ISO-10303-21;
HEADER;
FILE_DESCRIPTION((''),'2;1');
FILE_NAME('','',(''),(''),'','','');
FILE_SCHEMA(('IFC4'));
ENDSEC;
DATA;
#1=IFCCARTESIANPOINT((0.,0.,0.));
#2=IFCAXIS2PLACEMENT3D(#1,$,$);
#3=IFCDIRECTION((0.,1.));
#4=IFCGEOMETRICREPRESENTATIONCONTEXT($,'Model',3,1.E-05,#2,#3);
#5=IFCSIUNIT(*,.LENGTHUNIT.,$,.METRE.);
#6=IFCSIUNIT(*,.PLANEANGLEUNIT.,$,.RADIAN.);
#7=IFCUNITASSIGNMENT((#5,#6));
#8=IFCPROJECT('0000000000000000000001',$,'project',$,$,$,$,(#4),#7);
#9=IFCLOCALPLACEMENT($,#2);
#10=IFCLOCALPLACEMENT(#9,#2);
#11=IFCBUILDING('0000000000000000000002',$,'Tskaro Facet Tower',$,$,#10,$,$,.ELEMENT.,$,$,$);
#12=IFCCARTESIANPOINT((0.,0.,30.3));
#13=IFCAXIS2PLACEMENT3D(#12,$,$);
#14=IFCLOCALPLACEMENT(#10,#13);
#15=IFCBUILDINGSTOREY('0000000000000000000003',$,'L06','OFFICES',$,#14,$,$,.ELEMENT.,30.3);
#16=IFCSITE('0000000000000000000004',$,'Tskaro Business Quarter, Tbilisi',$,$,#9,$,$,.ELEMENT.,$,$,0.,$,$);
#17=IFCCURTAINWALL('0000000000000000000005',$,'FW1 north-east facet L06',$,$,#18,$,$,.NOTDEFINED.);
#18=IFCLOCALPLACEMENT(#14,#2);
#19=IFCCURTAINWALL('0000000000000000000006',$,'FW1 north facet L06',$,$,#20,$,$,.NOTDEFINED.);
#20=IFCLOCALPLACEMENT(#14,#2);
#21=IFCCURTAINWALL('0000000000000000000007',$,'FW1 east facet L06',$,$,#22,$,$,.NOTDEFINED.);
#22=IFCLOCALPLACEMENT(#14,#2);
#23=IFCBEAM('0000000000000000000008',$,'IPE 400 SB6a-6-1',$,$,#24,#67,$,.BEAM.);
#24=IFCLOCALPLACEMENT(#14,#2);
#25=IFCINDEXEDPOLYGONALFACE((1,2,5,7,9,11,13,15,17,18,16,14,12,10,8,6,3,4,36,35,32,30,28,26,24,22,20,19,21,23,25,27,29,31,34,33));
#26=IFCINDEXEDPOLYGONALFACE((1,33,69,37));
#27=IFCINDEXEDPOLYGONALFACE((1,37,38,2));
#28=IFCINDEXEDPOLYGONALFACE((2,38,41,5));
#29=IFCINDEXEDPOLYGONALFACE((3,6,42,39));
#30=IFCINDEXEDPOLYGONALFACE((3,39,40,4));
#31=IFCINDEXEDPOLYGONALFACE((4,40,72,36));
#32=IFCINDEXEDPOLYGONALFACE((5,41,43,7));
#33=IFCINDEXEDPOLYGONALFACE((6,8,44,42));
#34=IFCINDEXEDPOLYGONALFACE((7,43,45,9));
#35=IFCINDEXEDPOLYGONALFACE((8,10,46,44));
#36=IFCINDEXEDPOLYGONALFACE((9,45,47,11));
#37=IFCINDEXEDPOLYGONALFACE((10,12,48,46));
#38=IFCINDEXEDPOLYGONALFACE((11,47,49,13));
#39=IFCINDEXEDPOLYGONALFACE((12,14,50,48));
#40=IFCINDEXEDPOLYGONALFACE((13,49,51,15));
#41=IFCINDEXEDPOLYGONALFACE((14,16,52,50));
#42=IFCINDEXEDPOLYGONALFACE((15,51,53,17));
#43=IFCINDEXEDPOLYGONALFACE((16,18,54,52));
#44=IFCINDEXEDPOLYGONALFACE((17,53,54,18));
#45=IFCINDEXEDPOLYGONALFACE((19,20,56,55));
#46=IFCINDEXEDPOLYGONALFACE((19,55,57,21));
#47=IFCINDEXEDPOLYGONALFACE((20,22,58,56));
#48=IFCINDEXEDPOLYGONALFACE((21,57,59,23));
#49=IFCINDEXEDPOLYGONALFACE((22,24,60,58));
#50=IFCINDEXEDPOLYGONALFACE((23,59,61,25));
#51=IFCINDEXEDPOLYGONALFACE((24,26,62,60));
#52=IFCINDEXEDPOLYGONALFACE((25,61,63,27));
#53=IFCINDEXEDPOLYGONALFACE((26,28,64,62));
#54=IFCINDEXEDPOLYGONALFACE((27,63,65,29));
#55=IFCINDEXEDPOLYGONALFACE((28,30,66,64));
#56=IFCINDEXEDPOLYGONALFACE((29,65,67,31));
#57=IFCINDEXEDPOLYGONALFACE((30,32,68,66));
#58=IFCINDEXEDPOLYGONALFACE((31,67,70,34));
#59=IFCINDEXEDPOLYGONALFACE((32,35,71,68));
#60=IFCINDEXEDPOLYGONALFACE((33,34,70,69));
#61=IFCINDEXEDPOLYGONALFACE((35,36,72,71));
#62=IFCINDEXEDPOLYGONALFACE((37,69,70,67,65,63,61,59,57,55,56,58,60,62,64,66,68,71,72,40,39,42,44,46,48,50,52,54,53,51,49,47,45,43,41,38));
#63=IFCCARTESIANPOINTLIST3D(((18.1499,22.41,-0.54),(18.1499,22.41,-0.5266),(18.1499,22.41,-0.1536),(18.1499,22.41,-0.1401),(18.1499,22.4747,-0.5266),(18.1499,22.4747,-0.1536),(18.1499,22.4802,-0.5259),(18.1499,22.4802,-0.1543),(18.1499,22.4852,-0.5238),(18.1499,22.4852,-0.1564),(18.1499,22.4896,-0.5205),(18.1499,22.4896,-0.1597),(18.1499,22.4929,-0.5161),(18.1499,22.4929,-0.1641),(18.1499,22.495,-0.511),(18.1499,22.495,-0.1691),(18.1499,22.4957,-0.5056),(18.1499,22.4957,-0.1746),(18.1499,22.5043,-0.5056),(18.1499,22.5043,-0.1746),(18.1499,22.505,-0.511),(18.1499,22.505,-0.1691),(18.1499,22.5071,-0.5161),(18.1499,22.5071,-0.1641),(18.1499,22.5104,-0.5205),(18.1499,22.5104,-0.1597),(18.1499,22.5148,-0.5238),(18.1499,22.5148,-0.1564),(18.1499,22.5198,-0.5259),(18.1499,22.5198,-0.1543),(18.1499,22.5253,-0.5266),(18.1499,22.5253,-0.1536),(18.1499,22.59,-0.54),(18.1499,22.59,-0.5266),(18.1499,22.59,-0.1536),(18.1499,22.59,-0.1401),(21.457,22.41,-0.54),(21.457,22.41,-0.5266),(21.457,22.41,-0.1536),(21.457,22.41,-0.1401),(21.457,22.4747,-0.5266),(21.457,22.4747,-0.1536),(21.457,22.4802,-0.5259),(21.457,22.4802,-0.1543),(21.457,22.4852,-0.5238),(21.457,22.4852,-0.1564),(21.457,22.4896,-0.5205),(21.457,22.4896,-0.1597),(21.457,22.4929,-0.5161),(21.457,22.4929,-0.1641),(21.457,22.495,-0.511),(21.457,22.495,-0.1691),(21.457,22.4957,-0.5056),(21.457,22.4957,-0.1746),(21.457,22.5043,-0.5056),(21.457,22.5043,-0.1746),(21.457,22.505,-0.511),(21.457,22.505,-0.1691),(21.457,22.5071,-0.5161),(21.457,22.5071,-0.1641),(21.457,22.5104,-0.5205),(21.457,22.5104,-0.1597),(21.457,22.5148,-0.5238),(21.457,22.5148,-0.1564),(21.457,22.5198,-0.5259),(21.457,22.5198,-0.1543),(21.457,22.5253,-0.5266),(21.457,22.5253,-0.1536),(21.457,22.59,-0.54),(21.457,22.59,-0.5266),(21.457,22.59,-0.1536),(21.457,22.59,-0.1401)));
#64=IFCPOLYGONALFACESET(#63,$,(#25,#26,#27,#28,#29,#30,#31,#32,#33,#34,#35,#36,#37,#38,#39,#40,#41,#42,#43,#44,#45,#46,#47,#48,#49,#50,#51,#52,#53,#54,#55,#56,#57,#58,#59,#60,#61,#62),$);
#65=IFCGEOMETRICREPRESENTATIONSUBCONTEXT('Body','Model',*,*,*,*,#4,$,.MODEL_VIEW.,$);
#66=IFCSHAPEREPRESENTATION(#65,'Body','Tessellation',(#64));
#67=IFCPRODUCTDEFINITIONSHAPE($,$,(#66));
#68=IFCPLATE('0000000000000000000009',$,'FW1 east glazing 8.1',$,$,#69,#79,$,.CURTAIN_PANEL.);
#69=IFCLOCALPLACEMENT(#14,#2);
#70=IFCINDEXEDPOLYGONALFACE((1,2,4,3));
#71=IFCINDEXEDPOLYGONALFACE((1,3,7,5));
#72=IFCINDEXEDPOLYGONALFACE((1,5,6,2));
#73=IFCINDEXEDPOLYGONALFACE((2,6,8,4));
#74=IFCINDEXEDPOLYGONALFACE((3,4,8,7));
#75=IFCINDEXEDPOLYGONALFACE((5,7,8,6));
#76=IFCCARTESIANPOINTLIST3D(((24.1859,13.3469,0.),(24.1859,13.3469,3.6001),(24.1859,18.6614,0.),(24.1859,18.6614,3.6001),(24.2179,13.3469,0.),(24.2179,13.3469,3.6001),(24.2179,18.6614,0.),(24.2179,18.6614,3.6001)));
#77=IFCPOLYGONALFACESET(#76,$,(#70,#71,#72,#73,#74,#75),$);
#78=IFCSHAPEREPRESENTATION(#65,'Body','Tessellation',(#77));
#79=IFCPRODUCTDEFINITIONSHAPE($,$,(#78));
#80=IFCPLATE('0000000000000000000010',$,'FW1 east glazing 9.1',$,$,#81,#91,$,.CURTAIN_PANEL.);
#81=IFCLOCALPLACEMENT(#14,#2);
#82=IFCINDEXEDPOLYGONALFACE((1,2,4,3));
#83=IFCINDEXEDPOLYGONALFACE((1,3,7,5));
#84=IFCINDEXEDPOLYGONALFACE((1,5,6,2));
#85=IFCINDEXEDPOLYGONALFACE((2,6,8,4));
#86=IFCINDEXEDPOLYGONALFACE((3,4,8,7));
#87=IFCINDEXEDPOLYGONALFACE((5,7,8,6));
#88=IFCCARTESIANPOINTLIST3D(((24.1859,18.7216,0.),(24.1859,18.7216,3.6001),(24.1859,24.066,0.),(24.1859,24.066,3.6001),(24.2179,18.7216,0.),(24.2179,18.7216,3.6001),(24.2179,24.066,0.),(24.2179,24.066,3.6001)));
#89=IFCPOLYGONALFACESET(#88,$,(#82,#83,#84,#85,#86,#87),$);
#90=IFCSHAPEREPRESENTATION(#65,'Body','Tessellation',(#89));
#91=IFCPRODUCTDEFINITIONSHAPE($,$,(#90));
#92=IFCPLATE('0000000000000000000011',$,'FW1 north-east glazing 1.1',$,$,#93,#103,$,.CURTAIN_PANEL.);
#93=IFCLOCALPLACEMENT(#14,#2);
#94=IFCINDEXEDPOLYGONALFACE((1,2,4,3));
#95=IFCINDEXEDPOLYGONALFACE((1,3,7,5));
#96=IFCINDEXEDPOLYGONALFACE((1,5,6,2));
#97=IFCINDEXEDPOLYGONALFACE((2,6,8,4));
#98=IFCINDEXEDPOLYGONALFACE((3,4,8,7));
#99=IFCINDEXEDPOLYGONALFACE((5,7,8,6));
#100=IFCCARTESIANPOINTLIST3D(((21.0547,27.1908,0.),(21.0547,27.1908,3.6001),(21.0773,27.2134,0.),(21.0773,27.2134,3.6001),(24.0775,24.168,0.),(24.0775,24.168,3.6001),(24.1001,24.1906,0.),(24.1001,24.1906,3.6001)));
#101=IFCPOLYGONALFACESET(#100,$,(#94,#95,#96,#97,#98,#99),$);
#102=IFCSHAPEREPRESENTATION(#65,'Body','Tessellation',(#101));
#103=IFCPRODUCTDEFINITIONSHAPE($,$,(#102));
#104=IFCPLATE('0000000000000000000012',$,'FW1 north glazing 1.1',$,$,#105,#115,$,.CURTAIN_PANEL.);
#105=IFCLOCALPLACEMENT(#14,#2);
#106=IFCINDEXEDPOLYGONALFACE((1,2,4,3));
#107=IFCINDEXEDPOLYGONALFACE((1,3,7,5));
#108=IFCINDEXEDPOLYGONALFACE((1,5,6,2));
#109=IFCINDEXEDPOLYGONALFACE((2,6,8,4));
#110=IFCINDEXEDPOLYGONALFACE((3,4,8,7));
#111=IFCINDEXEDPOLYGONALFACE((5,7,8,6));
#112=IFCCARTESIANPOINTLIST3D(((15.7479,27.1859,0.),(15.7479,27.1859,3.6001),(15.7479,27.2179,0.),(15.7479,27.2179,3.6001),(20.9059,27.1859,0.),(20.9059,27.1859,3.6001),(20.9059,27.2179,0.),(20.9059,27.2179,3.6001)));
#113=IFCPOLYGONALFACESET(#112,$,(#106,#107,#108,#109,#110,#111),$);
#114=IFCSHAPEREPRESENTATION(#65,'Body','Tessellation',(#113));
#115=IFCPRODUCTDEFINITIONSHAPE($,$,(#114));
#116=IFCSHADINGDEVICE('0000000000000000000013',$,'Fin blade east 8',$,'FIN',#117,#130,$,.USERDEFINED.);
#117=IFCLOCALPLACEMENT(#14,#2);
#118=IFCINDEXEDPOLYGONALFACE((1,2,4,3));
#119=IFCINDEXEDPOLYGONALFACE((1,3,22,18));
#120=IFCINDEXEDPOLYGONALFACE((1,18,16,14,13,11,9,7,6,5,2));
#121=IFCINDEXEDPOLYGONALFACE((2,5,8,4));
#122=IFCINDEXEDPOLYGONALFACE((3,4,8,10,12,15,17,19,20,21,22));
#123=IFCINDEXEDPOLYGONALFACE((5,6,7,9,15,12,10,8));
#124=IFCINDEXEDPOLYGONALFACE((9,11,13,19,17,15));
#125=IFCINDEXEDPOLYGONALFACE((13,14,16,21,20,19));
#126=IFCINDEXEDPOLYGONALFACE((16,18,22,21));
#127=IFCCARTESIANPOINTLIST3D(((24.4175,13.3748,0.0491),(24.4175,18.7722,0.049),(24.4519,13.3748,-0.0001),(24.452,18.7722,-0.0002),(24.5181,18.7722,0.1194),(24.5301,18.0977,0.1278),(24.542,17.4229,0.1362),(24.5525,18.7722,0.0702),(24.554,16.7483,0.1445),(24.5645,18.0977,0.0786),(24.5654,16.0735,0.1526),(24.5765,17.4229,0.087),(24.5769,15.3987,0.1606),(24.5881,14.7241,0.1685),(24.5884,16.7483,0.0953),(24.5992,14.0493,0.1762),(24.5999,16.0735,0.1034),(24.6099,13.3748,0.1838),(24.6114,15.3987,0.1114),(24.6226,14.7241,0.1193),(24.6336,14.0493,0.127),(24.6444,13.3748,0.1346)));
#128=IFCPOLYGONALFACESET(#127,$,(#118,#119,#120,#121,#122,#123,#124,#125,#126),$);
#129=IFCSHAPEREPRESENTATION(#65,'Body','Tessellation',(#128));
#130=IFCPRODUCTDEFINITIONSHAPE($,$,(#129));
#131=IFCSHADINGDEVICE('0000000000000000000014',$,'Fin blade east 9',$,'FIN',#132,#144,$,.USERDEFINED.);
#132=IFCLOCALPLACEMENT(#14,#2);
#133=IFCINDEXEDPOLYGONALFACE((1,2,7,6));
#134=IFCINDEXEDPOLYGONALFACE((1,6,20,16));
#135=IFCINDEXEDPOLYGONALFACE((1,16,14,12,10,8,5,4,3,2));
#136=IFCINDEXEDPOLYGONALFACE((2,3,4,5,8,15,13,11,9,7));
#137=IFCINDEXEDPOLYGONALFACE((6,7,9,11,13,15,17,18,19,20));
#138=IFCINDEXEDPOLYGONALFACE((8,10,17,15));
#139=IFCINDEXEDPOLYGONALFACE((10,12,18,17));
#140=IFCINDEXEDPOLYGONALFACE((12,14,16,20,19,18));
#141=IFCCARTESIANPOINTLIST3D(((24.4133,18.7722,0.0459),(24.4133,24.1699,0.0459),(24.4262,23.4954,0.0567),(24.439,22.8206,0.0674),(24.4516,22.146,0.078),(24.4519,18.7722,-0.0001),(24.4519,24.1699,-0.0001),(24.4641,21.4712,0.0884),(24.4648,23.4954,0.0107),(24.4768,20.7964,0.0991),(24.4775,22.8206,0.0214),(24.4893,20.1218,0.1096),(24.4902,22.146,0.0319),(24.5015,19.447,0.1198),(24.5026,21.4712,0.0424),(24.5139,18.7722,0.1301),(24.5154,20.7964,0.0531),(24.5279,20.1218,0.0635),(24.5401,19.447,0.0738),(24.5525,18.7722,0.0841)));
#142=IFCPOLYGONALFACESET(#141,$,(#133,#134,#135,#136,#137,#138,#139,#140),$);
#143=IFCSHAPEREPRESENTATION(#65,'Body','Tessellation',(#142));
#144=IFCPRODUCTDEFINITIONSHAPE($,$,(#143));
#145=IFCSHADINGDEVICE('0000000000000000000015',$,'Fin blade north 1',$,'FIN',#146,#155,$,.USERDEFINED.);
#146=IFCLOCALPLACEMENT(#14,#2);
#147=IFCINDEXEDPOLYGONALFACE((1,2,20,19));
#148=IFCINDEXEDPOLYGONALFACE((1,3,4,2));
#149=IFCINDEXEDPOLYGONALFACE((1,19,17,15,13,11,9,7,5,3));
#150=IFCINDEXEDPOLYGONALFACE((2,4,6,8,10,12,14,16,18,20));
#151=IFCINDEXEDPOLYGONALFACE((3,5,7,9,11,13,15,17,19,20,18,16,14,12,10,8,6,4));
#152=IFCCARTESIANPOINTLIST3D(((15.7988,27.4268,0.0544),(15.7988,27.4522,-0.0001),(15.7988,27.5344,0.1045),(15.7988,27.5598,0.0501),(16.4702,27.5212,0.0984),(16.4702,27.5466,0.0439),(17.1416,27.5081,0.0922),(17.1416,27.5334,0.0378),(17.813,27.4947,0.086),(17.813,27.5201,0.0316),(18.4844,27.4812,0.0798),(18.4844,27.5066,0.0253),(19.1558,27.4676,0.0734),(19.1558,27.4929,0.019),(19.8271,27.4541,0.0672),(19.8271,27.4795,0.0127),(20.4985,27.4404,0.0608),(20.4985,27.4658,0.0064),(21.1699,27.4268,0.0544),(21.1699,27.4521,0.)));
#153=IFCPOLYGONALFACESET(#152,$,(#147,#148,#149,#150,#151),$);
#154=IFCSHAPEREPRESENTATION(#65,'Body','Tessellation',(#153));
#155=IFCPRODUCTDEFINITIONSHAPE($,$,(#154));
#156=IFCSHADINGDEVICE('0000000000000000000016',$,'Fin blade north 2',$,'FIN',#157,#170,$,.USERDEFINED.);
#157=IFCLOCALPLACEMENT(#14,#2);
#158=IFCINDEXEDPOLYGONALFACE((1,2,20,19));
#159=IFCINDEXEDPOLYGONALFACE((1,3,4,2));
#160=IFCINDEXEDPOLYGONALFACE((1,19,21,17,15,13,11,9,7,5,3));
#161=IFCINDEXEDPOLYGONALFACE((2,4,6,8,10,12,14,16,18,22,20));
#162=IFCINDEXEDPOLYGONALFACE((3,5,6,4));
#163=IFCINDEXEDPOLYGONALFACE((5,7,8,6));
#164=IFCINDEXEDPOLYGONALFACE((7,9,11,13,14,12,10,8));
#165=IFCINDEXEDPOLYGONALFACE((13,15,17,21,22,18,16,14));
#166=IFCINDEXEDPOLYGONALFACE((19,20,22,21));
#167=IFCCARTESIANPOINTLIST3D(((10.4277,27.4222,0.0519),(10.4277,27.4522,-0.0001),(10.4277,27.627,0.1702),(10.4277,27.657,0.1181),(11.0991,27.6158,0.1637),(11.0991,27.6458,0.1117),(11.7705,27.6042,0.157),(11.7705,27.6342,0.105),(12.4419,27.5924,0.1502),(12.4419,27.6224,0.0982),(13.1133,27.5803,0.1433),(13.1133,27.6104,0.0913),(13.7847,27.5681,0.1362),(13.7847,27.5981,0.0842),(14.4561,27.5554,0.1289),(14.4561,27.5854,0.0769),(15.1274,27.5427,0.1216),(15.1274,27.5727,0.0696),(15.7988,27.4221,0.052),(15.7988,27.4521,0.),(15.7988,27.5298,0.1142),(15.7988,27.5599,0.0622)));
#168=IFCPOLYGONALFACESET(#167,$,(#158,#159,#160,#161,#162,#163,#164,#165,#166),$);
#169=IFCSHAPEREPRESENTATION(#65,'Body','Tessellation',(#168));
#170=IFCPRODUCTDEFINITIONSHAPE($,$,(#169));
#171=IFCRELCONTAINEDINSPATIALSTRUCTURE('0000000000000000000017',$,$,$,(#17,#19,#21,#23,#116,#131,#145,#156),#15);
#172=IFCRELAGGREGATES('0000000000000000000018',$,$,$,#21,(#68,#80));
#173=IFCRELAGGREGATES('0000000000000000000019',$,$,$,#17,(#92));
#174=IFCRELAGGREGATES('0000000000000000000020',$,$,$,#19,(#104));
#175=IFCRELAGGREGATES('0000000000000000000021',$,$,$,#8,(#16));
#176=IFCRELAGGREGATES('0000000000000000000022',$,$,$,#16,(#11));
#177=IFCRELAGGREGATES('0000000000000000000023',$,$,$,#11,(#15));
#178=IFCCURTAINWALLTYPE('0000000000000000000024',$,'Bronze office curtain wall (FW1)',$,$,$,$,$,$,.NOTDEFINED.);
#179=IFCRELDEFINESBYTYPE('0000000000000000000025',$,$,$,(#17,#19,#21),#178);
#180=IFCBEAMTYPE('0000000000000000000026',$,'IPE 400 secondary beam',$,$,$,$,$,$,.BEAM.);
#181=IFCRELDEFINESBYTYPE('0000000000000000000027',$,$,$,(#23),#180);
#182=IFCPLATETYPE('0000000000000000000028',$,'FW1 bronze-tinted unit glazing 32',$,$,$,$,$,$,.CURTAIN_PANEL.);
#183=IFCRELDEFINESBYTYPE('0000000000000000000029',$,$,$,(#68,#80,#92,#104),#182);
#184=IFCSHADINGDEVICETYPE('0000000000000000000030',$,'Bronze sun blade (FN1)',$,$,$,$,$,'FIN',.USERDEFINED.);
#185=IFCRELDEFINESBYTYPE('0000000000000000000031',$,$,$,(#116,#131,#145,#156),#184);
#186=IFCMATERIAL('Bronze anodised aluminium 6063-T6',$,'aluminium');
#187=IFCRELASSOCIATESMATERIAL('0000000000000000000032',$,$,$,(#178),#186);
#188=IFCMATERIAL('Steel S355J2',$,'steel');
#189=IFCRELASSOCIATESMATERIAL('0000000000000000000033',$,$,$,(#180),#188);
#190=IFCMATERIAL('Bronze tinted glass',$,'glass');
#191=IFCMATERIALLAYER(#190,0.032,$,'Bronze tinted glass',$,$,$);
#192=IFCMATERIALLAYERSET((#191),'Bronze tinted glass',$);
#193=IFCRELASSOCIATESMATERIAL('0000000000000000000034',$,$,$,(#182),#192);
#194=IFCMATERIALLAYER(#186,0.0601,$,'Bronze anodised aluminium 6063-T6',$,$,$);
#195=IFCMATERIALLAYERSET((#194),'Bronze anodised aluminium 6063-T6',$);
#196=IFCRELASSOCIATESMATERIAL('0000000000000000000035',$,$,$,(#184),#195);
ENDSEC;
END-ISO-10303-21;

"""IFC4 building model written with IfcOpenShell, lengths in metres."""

from ifc_helpers import new_model, si_unit, direction, frame, origin, origin_2d, place, context, subcontext, project, spatial, polyline, rectangle, i_section, outline, extrude, material, layer, layer_set, material_profile, profile_set, type_object, element, aggregate, save


model = new_model("IFC4")

# Units and contexts
model_context = context("Model", 3, precision=1e-05, world=origin(), true_north=direction((0.0, 1.0)))
body_context = subcontext(model_context, "Body", "Model", "MODEL_VIEW")
ifc_project = project(units=[si_unit("LENGTHUNIT", "METRE"), si_unit("PLANEANGLEUNIT", "RADIAN")], contexts=[model_context])

# Site, building, storey
site_placement = place(None, origin())
site = spatial("IfcSite", under=ifc_project, at=site_placement, Name="Tskaro Business Quarter, Tbilisi", CompositionType="ELEMENT", RefElevation=0.0)
building_placement = place(site_placement, origin())
building = spatial("IfcBuilding", under=site, at=building_placement, Name="Tskaro Facet Tower", CompositionType="ELEMENT")
storey_placement = place(building_placement, frame((0.0, 0.0, 30.3)))
storey = spatial("IfcBuildingStorey", under=building, at=storey_placement, Name="L06", Description="OFFICES", CompositionType="ELEMENT", Elevation=30.3)

# Curtain walls
ifc_material_1 = material(Name="Bronze anodised aluminium 6063-T6", Category="aluminium")
curtain_wall_type = type_object("IfcCurtainWallType", Name="Bronze office curtain wall (FW1)", PredefinedType="NOTDEFINED", material=ifc_material_1)
curtain_wall_1_placement = place(storey_placement, origin())
curtain_wall_1 = element("IfcCurtainWall", 1, at=curtain_wall_1_placement, inside=storey, type_object=curtain_wall_type, Name="FW1 north-east facet L06", PredefinedType="NOTDEFINED")
curtain_wall_2_placement = place(storey_placement, origin())
curtain_wall_2 = element("IfcCurtainWall", 2, at=curtain_wall_2_placement, inside=storey, type_object=curtain_wall_type, Name="FW1 north facet L06", PredefinedType="NOTDEFINED")
curtain_wall_3_placement = place(storey_placement, origin())
curtain_wall_3 = element("IfcCurtainWall", 3, at=curtain_wall_3_placement, inside=storey, type_object=curtain_wall_type, Name="FW1 east facet L06", PredefinedType="NOTDEFINED")

# Beam
ifc_material_2 = material(Name="Steel S355J2", Category="steel")
ifc_material_profile_1 = material_profile(ifc_material_2, i_section(OverallWidth=0.1799, OverallDepth=0.3999, WebThickness=0.0085, FlangeThickness=0.0134, FilletRadius=0.021, at=origin_2d()), Name="IPE 400")
ifc_profile_set_1 = profile_set([ifc_material_profile_1], Name="Steel S355J2")
beam_type_1 = type_object("IfcBeamType", Name="IPE 400 secondary beam", PredefinedType="BEAM", material=ifc_profile_set_1)
beam_1_placement = place(storey_placement, frame((18.1499, 22.5, -0.3401), z_axis=(1.0, 0.0, 0.0), x_axis=(0.0, 1.0, 0.0)))
element("IfcBeam", 4, at=beam_1_placement, inside=storey, type_object=beam_type_1, Name="IPE 400 SB6a-6-1", PredefinedType="BEAM", context=body_context, shape_type="SweptSolid", body=[
    extrude(i_section(OverallWidth=0.1799, OverallDepth=0.3999, WebThickness=0.0085, FlangeThickness=0.0134, FilletRadius=0.021, at=origin_2d()), origin(), (0.0, 0.0, 1.0), 3.3071),
])

# Plates
ifc_material_3 = material(Name="Bronze tinted glass", Category="glass")
ifc_layer_1 = layer(ifc_material_3, 0.032, Name="Bronze tinted glass")
ifc_layer_set_1 = layer_set([ifc_layer_1], Name="Bronze tinted glass")
plate_type = type_object("IfcPlateType", Name="FW1 bronze-tinted unit glazing 32", PredefinedType="CURTAIN_PANEL", material=ifc_layer_set_1)
plate_1_placement = place(storey_placement, frame((24.2019, 16.0042, 0.0), z_axis=(0.0, 0.0, 1.0), x_axis=(0.0, 1.0, 0.0)))
plate_1 = element("IfcPlate", 5, at=plate_1_placement, type_object=plate_type, Name="FW1 east glazing 8.1", PredefinedType="CURTAIN_PANEL", context=body_context, shape_type="SweptSolid", body=[
    extrude(rectangle(XDim=5.3145, YDim=0.032, at=origin_2d()), origin(), (0.0, 0.0, 1.0), 3.6001),
])
plate_2_placement = place(storey_placement, frame((24.2019, 21.3938, 0.0), z_axis=(0.0, 0.0, 1.0), x_axis=(0.0, 1.0, 0.0)))
plate_2 = element("IfcPlate", 6, at=plate_2_placement, type_object=plate_type, Name="FW1 east glazing 9.1", PredefinedType="CURTAIN_PANEL", context=body_context, shape_type="SweptSolid", body=[
    extrude(rectangle(XDim=5.3445, YDim=0.032, at=origin_2d()), origin(), (0.0, 0.0, 1.0), 3.6001),
])
aggregate(curtain_wall_3, [plate_1, plate_2])
plate_3_placement = place(storey_placement, frame((22.5774, 25.6907, 0.0), z_axis=(0.0, 0.0, 1.0), x_axis=(-0.707107, 0.707107, 0.0)))
plate_3 = element("IfcPlate", 7, at=plate_3_placement, type_object=plate_type, Name="FW1 north-east glazing 1.1", PredefinedType="CURTAIN_PANEL", context=body_context, shape_type="SweptSolid", body=[
    extrude(rectangle(XDim=4.2749, YDim=0.032, at=origin_2d()), origin(), (0.0, 0.0, 1.0), 3.6001),
])
aggregate(curtain_wall_1, [plate_3])
plate_4_placement = place(storey_placement, frame((18.3269, 27.2019, 0.0), z_axis=(0.0, 0.0, 1.0), x_axis=(-1.0, 0.0, 0.0)))
plate_4 = element("IfcPlate", 8, at=plate_4_placement, type_object=plate_type, Name="FW1 north glazing 1.1", PredefinedType="CURTAIN_PANEL", context=body_context, shape_type="SweptSolid", body=[
    extrude(rectangle(XDim=5.158, YDim=0.032, at=origin_2d()), origin(), (0.0, 0.0, 1.0), 3.6001),
])
aggregate(curtain_wall_2, [plate_4])

# Shading devices
ifc_layer_2 = layer(ifc_material_1, 0.0601, Name="Bronze anodised aluminium 6063-T6")
ifc_layer_set_2 = layer_set([ifc_layer_2], Name="Bronze anodised aluminium 6063-T6")
shading_device_type = type_object("IfcShadingDeviceType", Name="Bronze sun blade (FN1)", ElementType="FIN", PredefinedType="USERDEFINED", material=ifc_layer_set_2)
shading_device_1_placement = place(storey_placement, frame((24.4175, 13.3748, 0.0491), z_axis=(-0.573417, 0.000016, 0.819264), x_axis=(0.000009, 1.0, -0.000013)))
element("IfcShadingDevice", 9, at=shading_device_1_placement, inside=storey, type_object=shading_device_type, Name="Fin blade east 8", ObjectType="FIN", PredefinedType="USERDEFINED", context=body_context, shape_type="SweptSolid", body=[
    extrude(outline(polyline([(0.0, 0.0), (5.3975, 0.0), (5.3975, -0.1227), (4.7229, -0.1374), (4.0481, -0.152), (3.3735, -0.1665), (2.6987, -0.1806), (2.0239, -0.1946), (1.3494, -0.2083), (0.6746, -0.2217), (0.0, -0.2349), (0.0, 0.0)])), origin(), (0.0, 0.0, -1.0), 0.0601),
])
shading_device_2_placement = place(storey_placement, frame((24.4133, 18.7722, 0.0459), z_axis=(-0.64218, -0.000005, 0.766554), x_axis=(-0.000003, 1.0, 0.000004)))
element("IfcShadingDevice", 10, at=shading_device_2_placement, inside=storey, type_object=shading_device_type, Name="Fin blade east 9", ObjectType="FIN", PredefinedType="USERDEFINED", context=body_context, shape_type="SweptSolid", body=[
    extrude(outline(polyline([(0.0, 0.0), (5.3977, 0.0), (4.7231, -0.0168), (4.0483, -0.0334), (3.3738, -0.0499), (2.699, -0.0662), (2.0242, -0.0828), (1.3496, -0.0991), (0.6748, -0.1151), (0.0, -0.1312), (0.0, 0.0)])), origin(), (0.0, 0.0, -1.0), 0.0601),
])
shading_device_3_placement = place(storey_placement, frame((21.1699, 27.4268, 0.0544), z_axis=(-0.000017, -0.422243, 0.906483), x_axis=(-1.0, 0.000007, -0.000016)))
element("IfcShadingDevice", 11, at=shading_device_3_placement, inside=storey, type_object=shading_device_type, Name="Fin blade north 1", ObjectType="FIN", PredefinedType="USERDEFINED", context=body_context, shape_type="SweptSolid", body=[
    extrude(outline(polyline([(0.0, 0.0), (5.3711, 0.0), (5.3711, -0.1187), (4.6997, -0.1042), (4.0283, -0.0897), (3.3569, -0.0749), (2.6855, -0.0601), (2.0142, -0.045), (1.3428, -0.0301), (0.6714, -0.0151), (0.0, 0.0)])), origin(), (0.0, 0.0, -1.0), 0.0601),
])
shading_device_4_placement = place(storey_placement, frame((15.7988, 27.4221, 0.052), z_axis=(-0.000013, -0.499902, 0.866082), x_axis=(-1.0, 0.000007, -0.000011)))
element("IfcShadingDevice", 12, at=shading_device_4_placement, inside=storey, type_object=shading_device_type, Name="Fin blade north 2", ObjectType="FIN", PredefinedType="USERDEFINED", context=body_context, shape_type="SweptSolid", body=[
    extrude(outline(polyline([(0.0, 0.0), (5.3711, 0.0), (5.3711, -0.2365), (4.6997, -0.2236), (4.0283, -0.2102), (3.3569, -0.1966), (2.6855, -0.1827), (2.0142, -0.1686), (1.3428, -0.1539), (0.6714, -0.1392), (0.0, -0.1244), (0.0, 0.0)])), origin(), (0.0, 0.0, -1.0), 0.0601),
])

save(model, "model.ifc")
